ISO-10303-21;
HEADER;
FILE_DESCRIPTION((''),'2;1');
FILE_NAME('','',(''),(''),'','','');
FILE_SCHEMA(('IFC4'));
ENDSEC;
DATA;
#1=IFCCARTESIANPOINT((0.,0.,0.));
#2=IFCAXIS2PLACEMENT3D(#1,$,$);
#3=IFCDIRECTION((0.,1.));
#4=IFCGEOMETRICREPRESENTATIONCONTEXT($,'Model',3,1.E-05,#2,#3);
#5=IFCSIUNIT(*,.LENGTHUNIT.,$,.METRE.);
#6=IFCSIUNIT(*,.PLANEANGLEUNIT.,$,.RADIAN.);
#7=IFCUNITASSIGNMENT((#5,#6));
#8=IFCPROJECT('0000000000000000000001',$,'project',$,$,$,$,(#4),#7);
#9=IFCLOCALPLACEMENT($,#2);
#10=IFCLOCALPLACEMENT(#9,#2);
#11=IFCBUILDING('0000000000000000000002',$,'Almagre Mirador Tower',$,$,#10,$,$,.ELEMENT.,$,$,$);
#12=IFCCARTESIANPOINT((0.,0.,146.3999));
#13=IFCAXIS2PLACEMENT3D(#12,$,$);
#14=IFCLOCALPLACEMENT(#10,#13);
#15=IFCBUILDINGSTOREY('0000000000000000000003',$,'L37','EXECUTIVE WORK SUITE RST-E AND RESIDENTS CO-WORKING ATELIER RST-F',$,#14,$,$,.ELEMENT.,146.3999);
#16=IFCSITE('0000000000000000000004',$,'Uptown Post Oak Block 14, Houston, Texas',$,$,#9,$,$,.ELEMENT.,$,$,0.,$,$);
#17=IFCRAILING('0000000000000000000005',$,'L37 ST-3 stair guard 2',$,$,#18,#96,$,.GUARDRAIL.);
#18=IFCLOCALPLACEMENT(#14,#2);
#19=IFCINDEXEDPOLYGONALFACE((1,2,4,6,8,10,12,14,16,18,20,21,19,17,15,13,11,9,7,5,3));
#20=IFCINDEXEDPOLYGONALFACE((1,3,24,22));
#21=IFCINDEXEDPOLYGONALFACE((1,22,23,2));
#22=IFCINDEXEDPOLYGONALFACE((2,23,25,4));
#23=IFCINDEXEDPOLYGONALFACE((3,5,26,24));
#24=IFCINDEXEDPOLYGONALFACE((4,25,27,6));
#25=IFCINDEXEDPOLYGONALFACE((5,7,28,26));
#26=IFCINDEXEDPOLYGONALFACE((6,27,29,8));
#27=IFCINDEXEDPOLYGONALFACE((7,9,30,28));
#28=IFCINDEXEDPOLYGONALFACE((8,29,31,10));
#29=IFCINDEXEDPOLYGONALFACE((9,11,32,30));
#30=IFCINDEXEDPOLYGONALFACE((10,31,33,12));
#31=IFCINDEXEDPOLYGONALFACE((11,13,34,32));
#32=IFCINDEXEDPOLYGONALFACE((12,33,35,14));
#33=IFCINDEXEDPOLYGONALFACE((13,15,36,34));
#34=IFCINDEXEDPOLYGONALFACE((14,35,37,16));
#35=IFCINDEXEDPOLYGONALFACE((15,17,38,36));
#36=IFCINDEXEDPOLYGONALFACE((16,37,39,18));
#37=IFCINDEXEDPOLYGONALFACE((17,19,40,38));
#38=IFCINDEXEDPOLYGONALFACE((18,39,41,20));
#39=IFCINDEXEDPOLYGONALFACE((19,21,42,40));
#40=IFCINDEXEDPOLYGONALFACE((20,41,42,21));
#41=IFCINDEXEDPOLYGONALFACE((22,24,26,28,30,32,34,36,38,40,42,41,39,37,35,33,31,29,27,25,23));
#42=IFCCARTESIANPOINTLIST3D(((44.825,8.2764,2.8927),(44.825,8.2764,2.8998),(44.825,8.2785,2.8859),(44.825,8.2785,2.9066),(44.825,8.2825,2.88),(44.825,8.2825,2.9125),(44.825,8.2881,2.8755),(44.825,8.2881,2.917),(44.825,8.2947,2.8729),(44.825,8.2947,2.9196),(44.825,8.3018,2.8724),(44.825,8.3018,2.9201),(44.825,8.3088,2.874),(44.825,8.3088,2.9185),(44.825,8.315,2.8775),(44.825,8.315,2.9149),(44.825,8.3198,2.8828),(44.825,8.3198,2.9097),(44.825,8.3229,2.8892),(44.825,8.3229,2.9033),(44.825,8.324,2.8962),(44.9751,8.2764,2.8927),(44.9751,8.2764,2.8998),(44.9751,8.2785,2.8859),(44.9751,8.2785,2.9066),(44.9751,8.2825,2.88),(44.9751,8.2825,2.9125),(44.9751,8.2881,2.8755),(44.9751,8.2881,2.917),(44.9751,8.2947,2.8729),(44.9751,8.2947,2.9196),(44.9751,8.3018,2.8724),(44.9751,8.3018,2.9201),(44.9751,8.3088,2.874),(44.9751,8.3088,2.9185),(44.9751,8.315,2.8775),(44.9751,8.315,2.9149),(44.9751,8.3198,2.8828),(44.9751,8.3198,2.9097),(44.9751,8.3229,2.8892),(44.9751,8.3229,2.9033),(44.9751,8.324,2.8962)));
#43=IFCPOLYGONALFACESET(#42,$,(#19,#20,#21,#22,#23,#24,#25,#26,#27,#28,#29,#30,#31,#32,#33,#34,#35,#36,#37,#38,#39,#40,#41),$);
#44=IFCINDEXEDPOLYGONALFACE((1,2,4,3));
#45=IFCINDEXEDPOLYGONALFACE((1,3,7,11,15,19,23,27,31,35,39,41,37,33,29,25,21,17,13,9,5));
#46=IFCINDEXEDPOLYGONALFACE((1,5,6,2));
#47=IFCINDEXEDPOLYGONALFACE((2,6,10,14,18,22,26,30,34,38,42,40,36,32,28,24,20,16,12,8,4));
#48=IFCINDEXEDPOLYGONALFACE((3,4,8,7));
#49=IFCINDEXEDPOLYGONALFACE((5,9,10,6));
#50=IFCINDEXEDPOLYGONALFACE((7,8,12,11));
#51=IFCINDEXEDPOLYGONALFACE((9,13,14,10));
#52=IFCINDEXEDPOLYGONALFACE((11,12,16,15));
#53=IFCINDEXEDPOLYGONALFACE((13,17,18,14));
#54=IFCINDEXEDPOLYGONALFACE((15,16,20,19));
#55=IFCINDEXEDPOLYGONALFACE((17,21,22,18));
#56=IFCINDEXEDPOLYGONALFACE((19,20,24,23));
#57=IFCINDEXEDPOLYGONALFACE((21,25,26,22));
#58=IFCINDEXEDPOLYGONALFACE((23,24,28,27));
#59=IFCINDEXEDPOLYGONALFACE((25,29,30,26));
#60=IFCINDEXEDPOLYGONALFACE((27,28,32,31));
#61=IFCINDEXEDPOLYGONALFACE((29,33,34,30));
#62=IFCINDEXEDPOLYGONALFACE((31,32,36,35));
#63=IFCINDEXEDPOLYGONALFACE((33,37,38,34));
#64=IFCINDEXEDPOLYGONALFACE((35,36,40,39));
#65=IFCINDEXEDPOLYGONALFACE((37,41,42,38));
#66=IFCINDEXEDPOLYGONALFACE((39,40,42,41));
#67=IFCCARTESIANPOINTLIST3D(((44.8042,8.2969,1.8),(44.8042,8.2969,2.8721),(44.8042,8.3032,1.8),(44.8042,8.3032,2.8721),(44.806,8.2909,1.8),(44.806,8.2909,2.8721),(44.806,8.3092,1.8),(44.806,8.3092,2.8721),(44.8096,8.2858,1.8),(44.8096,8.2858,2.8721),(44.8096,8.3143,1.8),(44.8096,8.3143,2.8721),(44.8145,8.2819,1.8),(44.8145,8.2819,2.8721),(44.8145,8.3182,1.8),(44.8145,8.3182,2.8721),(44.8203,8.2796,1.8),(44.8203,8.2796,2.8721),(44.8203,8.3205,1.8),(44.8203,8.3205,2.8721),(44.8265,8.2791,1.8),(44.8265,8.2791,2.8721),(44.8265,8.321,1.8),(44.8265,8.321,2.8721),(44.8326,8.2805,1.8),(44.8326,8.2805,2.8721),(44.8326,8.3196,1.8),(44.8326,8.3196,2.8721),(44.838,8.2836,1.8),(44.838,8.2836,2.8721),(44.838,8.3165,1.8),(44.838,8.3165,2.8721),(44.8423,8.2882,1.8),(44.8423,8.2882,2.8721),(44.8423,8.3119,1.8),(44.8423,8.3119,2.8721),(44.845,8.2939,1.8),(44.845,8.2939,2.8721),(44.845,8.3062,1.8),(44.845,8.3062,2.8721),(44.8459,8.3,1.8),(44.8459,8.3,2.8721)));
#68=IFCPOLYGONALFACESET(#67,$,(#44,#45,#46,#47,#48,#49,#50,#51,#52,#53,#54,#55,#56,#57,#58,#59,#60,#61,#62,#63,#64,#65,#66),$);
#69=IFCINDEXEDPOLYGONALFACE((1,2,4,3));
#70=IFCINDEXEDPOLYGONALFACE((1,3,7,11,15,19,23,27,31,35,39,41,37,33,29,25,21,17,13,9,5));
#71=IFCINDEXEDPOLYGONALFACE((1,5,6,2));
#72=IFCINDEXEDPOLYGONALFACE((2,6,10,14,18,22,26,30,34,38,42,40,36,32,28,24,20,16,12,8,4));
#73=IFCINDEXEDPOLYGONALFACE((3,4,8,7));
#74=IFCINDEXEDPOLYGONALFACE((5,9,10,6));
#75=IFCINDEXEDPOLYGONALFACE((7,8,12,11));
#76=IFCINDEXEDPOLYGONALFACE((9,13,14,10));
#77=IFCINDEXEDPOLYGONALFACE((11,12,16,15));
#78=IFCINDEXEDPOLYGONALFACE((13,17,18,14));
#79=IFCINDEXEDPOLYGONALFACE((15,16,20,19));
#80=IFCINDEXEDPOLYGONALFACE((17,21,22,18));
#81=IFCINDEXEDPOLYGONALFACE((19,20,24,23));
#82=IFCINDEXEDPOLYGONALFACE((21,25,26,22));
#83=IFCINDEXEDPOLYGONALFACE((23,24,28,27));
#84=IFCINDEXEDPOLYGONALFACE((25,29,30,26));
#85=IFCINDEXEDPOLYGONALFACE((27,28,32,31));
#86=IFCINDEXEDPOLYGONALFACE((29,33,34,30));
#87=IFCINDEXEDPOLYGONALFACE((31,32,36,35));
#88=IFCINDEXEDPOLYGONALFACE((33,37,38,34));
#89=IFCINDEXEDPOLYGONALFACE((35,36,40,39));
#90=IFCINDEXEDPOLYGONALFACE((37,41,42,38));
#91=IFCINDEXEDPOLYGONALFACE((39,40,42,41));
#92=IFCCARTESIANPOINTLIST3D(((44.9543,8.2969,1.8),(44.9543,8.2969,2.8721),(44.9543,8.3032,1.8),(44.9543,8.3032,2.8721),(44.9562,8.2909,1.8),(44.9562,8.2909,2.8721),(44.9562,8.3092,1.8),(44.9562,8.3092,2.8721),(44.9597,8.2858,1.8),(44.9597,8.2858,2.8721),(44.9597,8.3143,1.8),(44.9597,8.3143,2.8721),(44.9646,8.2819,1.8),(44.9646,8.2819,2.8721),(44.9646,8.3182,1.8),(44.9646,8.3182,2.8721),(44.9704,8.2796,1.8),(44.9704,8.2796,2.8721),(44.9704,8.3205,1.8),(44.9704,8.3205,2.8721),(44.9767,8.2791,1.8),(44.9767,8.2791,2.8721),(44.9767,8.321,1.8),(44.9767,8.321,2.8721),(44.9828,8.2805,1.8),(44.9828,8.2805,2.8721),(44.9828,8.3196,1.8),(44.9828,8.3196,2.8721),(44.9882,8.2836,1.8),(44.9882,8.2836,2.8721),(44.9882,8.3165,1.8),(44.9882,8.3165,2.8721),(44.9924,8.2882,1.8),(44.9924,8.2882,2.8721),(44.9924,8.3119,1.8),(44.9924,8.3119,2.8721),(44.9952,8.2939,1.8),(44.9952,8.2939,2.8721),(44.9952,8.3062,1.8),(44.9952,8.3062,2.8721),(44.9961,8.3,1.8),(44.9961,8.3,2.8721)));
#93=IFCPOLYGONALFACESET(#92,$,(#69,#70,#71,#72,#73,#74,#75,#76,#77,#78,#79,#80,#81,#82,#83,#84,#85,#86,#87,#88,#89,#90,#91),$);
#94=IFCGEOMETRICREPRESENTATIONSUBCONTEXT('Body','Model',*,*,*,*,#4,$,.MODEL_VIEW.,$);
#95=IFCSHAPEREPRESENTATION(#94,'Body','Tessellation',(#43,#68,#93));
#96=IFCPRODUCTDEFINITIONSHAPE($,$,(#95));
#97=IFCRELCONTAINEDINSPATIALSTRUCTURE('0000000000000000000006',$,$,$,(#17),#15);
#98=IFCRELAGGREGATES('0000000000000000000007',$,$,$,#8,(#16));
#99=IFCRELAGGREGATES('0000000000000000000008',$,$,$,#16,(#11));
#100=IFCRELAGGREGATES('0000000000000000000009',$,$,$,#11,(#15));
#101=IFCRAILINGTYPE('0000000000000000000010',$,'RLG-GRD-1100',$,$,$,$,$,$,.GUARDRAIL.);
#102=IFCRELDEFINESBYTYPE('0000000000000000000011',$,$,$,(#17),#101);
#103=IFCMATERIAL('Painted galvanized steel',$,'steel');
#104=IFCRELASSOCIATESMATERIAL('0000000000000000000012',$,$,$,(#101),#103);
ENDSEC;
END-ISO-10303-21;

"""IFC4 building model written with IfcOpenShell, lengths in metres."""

from ifc_helpers import new_model, si_unit, direction, frame, origin, origin_2d, place, context, subcontext, project, spatial, circle, extrude, material, type_object, element, save


model = new_model("IFC4")

# Units and contexts
model_context = context("Model", 3, precision=1e-05, world=origin(), true_north=direction((0.0, 1.0)))
body_context = subcontext(model_context, "Body", "Model", "MODEL_VIEW")
ifc_project = project(units=[si_unit("LENGTHUNIT", "METRE"), si_unit("PLANEANGLEUNIT", "RADIAN")], contexts=[model_context])

# Site, building, storey
site_placement = place(None, origin())
site = spatial("IfcSite", under=ifc_project, at=site_placement, Name="Uptown Post Oak Block 14, Houston, Texas", CompositionType="ELEMENT", RefElevation=0.0)
building_placement = place(site_placement, origin())
building = spatial("IfcBuilding", under=site, at=building_placement, Name="Almagre Mirador Tower", CompositionType="ELEMENT")
storey_placement = place(building_placement, frame((0.0, 0.0, 146.3999)))
storey = spatial("IfcBuildingStorey", under=building, at=storey_placement, Name="L37", Description="EXECUTIVE WORK SUITE RST-E AND RESIDENTS CO-WORKING ATELIER RST-F", CompositionType="ELEMENT", Elevation=146.3999)

# Railing
ifc_material_1 = material(Name="Painted galvanized steel", Category="steel")
railing_type_1 = type_object("IfcRailingType", Name="RLG-GRD-1100", PredefinedType="GUARDRAIL", material=ifc_material_1)
railing_1_placement = place(storey_placement, frame((44.825, 8.3, 1.8)))
element("IfcRailing", 1, at=railing_1_placement, inside=storey, type_object=railing_type_1, Name="L37 ST-3 stair guard 2", PredefinedType="GUARDRAIL", context=body_context, shape_type="SweptSolid", body=[
    extrude(circle(Radius=0.0239, at=origin_2d()), frame((0.0, 0.0, 1.0962), z_axis=(1.0, 0.0, 0.0), x_axis=(0.0, 1.0, 0.0)), (0.0, 0.0, 1.0), 0.1501),
    extrude(circle(Radius=0.021, at=origin_2d()), origin(), (0.0, 0.0, 1.0), 1.072),
    extrude(circle(Radius=0.021, at=origin_2d()), frame((0.1501, 0.0, 0.0)), (0.0, 0.0, 1.0), 1.072),
])

save(model, "model.ifc")
